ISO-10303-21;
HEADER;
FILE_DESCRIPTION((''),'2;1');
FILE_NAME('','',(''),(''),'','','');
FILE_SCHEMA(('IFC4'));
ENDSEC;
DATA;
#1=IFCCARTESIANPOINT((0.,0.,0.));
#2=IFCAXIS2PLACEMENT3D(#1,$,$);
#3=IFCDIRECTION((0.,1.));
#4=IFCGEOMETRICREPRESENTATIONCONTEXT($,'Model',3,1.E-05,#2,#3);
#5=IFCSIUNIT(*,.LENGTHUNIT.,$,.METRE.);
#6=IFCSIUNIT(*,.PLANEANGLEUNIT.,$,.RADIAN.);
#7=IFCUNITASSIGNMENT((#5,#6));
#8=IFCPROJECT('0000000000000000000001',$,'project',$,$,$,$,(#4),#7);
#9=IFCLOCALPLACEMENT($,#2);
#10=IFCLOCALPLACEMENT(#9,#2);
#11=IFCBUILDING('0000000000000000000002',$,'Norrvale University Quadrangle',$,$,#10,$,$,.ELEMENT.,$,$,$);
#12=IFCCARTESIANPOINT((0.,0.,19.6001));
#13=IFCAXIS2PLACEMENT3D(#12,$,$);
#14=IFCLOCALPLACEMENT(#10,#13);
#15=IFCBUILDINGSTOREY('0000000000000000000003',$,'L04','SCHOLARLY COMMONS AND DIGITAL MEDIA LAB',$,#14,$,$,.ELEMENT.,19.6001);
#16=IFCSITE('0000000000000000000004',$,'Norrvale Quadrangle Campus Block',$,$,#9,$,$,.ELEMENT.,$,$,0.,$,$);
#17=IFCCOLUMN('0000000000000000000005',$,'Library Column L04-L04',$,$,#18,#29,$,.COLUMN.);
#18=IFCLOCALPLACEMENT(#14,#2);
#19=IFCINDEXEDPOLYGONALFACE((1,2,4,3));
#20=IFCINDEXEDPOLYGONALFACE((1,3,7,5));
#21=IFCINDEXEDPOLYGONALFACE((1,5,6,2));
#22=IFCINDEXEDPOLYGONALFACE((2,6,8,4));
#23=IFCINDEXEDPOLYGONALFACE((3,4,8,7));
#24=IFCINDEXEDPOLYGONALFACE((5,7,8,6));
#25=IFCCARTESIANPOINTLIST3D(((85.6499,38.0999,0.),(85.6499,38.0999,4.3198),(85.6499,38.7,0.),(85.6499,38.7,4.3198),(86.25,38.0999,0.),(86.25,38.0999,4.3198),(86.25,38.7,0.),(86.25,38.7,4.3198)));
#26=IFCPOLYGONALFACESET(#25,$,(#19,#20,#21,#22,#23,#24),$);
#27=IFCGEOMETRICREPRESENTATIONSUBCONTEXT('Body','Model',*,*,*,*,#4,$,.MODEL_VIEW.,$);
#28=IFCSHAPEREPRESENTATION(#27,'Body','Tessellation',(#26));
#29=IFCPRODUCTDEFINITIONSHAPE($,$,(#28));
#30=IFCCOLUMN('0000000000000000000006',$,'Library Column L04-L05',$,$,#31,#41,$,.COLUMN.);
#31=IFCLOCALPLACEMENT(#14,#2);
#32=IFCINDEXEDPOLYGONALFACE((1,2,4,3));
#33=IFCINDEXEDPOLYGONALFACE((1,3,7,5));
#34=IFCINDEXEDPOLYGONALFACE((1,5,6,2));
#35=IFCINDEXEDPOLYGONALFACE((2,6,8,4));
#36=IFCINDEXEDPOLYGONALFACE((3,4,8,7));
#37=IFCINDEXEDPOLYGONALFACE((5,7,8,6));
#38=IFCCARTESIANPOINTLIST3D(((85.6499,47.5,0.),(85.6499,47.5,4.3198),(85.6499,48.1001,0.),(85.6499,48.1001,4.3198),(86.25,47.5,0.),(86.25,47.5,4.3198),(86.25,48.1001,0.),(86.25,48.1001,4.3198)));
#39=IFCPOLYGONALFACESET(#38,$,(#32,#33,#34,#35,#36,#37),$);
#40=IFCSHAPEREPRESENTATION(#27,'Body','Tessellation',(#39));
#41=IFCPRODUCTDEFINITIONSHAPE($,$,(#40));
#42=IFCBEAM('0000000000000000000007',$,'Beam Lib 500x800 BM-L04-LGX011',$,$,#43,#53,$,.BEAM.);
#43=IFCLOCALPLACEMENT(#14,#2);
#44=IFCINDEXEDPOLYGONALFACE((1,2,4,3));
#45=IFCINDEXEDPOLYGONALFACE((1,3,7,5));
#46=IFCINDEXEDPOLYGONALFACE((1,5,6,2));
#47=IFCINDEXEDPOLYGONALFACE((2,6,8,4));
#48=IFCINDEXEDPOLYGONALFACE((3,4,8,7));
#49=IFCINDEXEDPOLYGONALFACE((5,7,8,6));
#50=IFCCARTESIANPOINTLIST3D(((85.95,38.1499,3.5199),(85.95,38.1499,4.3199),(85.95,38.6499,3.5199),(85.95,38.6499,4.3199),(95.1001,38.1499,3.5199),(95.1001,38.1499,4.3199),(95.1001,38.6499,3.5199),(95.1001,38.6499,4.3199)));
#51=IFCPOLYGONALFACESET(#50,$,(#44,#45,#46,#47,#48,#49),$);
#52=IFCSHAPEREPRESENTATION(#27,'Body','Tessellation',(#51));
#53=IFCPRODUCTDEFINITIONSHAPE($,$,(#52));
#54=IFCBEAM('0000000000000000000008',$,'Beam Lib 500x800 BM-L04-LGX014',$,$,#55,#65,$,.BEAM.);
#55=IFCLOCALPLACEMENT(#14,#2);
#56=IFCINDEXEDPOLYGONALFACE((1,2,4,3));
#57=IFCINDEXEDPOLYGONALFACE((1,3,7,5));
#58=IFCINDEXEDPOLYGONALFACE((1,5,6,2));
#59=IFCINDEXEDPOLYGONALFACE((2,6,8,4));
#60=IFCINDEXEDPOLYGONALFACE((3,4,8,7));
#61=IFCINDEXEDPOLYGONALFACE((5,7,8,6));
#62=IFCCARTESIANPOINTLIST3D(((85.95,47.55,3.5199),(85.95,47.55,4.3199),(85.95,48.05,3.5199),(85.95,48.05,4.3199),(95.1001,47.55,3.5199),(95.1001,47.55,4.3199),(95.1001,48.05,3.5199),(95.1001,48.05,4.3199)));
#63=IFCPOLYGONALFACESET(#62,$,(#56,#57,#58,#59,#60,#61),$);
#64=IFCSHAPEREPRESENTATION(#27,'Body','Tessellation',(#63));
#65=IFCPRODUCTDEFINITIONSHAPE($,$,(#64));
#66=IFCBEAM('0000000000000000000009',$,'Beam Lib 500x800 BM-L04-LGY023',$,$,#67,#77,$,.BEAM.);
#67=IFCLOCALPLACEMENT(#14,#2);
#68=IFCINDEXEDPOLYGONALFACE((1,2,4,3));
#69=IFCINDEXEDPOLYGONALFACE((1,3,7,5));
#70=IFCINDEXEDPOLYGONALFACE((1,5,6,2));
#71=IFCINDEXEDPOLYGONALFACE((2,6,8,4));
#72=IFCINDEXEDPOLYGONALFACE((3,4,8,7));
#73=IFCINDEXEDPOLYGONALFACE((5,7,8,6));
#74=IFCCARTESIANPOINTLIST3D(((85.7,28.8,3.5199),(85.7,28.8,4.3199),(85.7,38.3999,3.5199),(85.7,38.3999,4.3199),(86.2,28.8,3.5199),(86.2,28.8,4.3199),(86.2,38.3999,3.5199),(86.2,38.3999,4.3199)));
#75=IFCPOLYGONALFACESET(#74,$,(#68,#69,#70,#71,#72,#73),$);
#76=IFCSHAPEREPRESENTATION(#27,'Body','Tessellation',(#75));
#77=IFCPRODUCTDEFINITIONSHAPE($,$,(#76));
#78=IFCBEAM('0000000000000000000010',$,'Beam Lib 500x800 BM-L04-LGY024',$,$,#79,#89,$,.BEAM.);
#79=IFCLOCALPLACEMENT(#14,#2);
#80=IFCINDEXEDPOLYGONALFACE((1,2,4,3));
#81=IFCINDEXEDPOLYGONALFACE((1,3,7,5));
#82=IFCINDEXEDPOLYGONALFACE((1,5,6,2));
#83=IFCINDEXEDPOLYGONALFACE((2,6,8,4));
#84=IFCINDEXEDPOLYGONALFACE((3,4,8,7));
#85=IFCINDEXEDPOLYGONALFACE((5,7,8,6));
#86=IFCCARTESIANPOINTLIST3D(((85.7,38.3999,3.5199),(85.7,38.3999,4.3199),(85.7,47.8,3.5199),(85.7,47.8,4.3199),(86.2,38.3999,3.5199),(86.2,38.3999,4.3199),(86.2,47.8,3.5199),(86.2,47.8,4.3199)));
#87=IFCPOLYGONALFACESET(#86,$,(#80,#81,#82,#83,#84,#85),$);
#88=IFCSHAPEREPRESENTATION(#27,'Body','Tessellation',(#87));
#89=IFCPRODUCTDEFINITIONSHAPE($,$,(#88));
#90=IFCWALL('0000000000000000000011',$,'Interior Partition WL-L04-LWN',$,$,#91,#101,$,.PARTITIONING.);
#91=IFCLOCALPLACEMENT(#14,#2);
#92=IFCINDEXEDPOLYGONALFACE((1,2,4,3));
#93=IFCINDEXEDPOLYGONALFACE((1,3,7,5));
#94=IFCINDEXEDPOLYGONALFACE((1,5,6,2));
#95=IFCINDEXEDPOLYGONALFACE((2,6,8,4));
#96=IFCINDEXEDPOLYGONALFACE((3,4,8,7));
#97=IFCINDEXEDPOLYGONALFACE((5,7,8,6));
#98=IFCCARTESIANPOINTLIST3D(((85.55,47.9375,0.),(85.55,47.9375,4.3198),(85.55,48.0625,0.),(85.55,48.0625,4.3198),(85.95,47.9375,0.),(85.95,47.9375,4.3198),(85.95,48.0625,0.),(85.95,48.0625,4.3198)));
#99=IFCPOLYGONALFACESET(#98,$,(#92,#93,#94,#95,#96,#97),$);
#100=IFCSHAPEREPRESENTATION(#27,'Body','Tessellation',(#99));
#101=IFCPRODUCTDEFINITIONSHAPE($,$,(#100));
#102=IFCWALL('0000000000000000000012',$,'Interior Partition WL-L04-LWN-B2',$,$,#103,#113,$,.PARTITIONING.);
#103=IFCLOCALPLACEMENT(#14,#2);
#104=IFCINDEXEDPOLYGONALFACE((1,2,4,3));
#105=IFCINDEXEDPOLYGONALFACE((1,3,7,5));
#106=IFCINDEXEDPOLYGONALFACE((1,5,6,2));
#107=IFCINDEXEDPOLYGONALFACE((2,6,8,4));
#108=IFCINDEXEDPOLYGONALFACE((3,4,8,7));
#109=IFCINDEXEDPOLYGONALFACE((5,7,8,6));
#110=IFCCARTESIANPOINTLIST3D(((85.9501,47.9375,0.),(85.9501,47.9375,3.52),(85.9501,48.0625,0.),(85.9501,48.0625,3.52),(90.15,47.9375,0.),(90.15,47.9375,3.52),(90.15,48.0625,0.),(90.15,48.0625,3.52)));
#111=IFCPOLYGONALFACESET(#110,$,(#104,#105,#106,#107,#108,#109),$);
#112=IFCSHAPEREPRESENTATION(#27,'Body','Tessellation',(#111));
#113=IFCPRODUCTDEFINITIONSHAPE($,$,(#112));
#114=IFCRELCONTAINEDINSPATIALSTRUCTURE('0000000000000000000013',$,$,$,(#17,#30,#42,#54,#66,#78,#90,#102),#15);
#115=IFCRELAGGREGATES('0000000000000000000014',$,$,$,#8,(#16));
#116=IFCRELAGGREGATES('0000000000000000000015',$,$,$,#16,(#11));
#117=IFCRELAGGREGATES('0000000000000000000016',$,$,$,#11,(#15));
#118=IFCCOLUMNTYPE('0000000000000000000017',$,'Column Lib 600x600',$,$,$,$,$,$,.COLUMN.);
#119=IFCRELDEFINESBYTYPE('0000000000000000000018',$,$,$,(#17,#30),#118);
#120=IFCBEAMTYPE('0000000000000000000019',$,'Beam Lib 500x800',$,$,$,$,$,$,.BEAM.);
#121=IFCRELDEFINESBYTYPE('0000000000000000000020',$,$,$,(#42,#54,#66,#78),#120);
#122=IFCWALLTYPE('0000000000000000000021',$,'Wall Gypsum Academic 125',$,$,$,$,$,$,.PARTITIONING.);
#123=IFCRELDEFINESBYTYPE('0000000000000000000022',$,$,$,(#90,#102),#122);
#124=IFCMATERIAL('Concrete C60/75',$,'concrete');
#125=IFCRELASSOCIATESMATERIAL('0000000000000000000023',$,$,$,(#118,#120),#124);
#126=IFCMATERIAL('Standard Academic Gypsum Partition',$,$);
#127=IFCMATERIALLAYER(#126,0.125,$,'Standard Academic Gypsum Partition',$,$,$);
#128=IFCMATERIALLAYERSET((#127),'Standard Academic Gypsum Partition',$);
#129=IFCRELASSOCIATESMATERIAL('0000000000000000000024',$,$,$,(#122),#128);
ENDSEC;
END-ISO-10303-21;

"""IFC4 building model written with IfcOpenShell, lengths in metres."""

from ifc_helpers import new_model, si_unit, direction, frame, frame_2d, origin, origin_2d, place, context, subcontext, project, spatial, rectangle, extrude, material, layer, layer_set, material_profile, profile_set, type_object, element, save


model = new_model("IFC4")

# Units and contexts
model_context = context("Model", 3, precision=1e-05, world=origin(), true_north=direction((0.0, 1.0)))
body_context = subcontext(model_context, "Body", "Model", "MODEL_VIEW")
ifc_project = project(units=[si_unit("LENGTHUNIT", "METRE"), si_unit("PLANEANGLEUNIT", "RADIAN")], contexts=[model_context])

# Site, building, storey
site_placement = place(None, origin())
site = spatial("IfcSite", under=ifc_project, at=site_placement, Name="Norrvale Quadrangle Campus Block", CompositionType="ELEMENT", RefElevation=0.0)
building_placement = place(site_placement, origin())
building = spatial("IfcBuilding", under=site, at=building_placement, Name="Norrvale University Quadrangle", CompositionType="ELEMENT")
storey_placement = place(building_placement, frame((0.0, 0.0, 19.6001)))
storey = spatial("IfcBuildingStorey", under=building, at=storey_placement, Name="L04", Description="SCHOLARLY COMMONS AND DIGITAL MEDIA LAB", CompositionType="ELEMENT", Elevation=19.6001)

# Columns
ifc_material_1 = material(Name="Concrete C60/75", Category="concrete")
ifc_material_profile_1 = material_profile(ifc_material_1, rectangle(XDim=0.6001, YDim=0.6001, at=origin_2d()), Name="Concrete C60/75")
ifc_profile_set_1 = profile_set([ifc_material_profile_1], Name="Concrete C60/75")
column_type = type_object("IfcColumnType", Name="Column Lib 600x600", PredefinedType="COLUMN", material=ifc_profile_set_1)
for number, where, z_axis, x_axis, name in (
    (1, (85.95, 38.3999, 0.0), (0.0, 0.0, 1.0), (1.0, 0.0, 0.0), "Library Column L04-L04"),
    (2, (85.95, 47.8, 0.0), (0.0, 0.0, 1.0), (1.0, 0.0, 0.0), "Library Column L04-L05"),
):
    element("IfcColumn", number, at=place(storey_placement, frame(where, z_axis=z_axis, x_axis=x_axis)), inside=storey, type_object=column_type, Name=name, PredefinedType="COLUMN", context=body_context, shape_type="SweptSolid", body=[
        extrude(rectangle(XDim=0.6001, YDim=0.6001, at=origin_2d()), origin(), (0.0, 0.0, 1.0), 4.3198),
    ])

# Beams
ifc_material_profile_2 = material_profile(ifc_material_1, rectangle(XDim=0.5, YDim=0.8, at=origin_2d()), Name="Concrete C60/75")
ifc_profile_set_2 = profile_set([ifc_material_profile_2], Name="Concrete C60/75")
beam_type = type_object("IfcBeamType", Name="Beam Lib 500x800", PredefinedType="BEAM", material=ifc_profile_set_2)
for number, where, z_axis, x_axis, name in (
    (3, (85.95, 38.3999, 3.9199), (1.0, 0.0, 0.0), (0.0, 1.0, 0.0), "Beam Lib 500x800 BM-L04-LGX011"),
    (4, (85.95, 47.8, 3.9199), (1.0, 0.0, 0.0), (0.0, 1.0, 0.0), "Beam Lib 500x800 BM-L04-LGX014"),
):
    element("IfcBeam", number, at=place(storey_placement, frame(where, z_axis=z_axis, x_axis=x_axis)), inside=storey, type_object=beam_type, Name=name, PredefinedType="BEAM", context=body_context, shape_type="SweptSolid", body=[
        extrude(rectangle(XDim=0.5, YDim=0.8, at=origin_2d()), origin(), (0.0, 0.0, 1.0), 9.1501),
    ])
beam_1_placement = place(storey_placement, frame((85.95, 28.8, 3.9199), z_axis=(0.0, 1.0, 0.0), x_axis=(-1.0, 0.0, 0.0)))
element("IfcBeam", 5, at=beam_1_placement, inside=storey, type_object=beam_type, Name="Beam Lib 500x800 BM-L04-LGY023", PredefinedType="BEAM", context=body_context, shape_type="SweptSolid", body=[
    extrude(rectangle(XDim=0.5, YDim=0.8, at=origin_2d()), origin(), (0.0, 0.0, 1.0), 9.5999),
])
beam_2_placement = place(storey_placement, frame((85.95, 38.3999, 3.9199), z_axis=(0.0, 1.0, 0.0), x_axis=(-1.0, 0.0, 0.0)))
element("IfcBeam", 6, at=beam_2_placement, inside=storey, type_object=beam_type, Name="Beam Lib 500x800 BM-L04-LGY024", PredefinedType="BEAM", context=body_context, shape_type="SweptSolid", body=[
    extrude(rectangle(XDim=0.5, YDim=0.8, at=origin_2d()), origin(), (0.0, 0.0, 1.0), 9.4001),
])

# Walls
ifc_material_2 = material(Name="Standard Academic Gypsum Partition")
ifc_layer_1 = layer(ifc_material_2, 0.125, Name="Standard Academic Gypsum Partition")
ifc_layer_set_1 = layer_set([ifc_layer_1], Name="Standard Academic Gypsum Partition")
wall_type = type_object("IfcWallType", Name="Wall Gypsum Academic 125", PredefinedType="PARTITIONING", material=ifc_layer_set_1)
wall_1_placement = place(storey_placement, frame((85.55, 48.0, 0.0), z_axis=(0.0, 0.0, 1.0), x_axis=(1.0, 0.0, 0.0)))
element("IfcWall", 7, at=wall_1_placement, inside=storey, type_object=wall_type, Name="Interior Partition WL-L04-LWN", PredefinedType="PARTITIONING", context=body_context, shape_type="SweptSolid", body=[
    extrude(rectangle(XDim=0.3999, YDim=0.125, at=frame_2d((0.2, 0.0))), origin(), (0.0, 0.0, 1.0), 4.3198),
])
wall_2_placement = place(storey_placement, frame((85.95, 48.0, 0.0), z_axis=(0.0, 0.0, 1.0), x_axis=(1.0, 0.0, 0.0)))
element("IfcWall", 8, at=wall_2_placement, inside=storey, type_object=wall_type, Name="Interior Partition WL-L04-LWN-B2", PredefinedType="PARTITIONING", context=body_context, shape_type="SweptSolid", body=[
    extrude(rectangle(XDim=4.2, YDim=0.125, at=frame_2d((2.1001, 0.0))), origin(), (0.0, 0.0, 1.0), 3.52),
])

save(model, "model.ifc")
